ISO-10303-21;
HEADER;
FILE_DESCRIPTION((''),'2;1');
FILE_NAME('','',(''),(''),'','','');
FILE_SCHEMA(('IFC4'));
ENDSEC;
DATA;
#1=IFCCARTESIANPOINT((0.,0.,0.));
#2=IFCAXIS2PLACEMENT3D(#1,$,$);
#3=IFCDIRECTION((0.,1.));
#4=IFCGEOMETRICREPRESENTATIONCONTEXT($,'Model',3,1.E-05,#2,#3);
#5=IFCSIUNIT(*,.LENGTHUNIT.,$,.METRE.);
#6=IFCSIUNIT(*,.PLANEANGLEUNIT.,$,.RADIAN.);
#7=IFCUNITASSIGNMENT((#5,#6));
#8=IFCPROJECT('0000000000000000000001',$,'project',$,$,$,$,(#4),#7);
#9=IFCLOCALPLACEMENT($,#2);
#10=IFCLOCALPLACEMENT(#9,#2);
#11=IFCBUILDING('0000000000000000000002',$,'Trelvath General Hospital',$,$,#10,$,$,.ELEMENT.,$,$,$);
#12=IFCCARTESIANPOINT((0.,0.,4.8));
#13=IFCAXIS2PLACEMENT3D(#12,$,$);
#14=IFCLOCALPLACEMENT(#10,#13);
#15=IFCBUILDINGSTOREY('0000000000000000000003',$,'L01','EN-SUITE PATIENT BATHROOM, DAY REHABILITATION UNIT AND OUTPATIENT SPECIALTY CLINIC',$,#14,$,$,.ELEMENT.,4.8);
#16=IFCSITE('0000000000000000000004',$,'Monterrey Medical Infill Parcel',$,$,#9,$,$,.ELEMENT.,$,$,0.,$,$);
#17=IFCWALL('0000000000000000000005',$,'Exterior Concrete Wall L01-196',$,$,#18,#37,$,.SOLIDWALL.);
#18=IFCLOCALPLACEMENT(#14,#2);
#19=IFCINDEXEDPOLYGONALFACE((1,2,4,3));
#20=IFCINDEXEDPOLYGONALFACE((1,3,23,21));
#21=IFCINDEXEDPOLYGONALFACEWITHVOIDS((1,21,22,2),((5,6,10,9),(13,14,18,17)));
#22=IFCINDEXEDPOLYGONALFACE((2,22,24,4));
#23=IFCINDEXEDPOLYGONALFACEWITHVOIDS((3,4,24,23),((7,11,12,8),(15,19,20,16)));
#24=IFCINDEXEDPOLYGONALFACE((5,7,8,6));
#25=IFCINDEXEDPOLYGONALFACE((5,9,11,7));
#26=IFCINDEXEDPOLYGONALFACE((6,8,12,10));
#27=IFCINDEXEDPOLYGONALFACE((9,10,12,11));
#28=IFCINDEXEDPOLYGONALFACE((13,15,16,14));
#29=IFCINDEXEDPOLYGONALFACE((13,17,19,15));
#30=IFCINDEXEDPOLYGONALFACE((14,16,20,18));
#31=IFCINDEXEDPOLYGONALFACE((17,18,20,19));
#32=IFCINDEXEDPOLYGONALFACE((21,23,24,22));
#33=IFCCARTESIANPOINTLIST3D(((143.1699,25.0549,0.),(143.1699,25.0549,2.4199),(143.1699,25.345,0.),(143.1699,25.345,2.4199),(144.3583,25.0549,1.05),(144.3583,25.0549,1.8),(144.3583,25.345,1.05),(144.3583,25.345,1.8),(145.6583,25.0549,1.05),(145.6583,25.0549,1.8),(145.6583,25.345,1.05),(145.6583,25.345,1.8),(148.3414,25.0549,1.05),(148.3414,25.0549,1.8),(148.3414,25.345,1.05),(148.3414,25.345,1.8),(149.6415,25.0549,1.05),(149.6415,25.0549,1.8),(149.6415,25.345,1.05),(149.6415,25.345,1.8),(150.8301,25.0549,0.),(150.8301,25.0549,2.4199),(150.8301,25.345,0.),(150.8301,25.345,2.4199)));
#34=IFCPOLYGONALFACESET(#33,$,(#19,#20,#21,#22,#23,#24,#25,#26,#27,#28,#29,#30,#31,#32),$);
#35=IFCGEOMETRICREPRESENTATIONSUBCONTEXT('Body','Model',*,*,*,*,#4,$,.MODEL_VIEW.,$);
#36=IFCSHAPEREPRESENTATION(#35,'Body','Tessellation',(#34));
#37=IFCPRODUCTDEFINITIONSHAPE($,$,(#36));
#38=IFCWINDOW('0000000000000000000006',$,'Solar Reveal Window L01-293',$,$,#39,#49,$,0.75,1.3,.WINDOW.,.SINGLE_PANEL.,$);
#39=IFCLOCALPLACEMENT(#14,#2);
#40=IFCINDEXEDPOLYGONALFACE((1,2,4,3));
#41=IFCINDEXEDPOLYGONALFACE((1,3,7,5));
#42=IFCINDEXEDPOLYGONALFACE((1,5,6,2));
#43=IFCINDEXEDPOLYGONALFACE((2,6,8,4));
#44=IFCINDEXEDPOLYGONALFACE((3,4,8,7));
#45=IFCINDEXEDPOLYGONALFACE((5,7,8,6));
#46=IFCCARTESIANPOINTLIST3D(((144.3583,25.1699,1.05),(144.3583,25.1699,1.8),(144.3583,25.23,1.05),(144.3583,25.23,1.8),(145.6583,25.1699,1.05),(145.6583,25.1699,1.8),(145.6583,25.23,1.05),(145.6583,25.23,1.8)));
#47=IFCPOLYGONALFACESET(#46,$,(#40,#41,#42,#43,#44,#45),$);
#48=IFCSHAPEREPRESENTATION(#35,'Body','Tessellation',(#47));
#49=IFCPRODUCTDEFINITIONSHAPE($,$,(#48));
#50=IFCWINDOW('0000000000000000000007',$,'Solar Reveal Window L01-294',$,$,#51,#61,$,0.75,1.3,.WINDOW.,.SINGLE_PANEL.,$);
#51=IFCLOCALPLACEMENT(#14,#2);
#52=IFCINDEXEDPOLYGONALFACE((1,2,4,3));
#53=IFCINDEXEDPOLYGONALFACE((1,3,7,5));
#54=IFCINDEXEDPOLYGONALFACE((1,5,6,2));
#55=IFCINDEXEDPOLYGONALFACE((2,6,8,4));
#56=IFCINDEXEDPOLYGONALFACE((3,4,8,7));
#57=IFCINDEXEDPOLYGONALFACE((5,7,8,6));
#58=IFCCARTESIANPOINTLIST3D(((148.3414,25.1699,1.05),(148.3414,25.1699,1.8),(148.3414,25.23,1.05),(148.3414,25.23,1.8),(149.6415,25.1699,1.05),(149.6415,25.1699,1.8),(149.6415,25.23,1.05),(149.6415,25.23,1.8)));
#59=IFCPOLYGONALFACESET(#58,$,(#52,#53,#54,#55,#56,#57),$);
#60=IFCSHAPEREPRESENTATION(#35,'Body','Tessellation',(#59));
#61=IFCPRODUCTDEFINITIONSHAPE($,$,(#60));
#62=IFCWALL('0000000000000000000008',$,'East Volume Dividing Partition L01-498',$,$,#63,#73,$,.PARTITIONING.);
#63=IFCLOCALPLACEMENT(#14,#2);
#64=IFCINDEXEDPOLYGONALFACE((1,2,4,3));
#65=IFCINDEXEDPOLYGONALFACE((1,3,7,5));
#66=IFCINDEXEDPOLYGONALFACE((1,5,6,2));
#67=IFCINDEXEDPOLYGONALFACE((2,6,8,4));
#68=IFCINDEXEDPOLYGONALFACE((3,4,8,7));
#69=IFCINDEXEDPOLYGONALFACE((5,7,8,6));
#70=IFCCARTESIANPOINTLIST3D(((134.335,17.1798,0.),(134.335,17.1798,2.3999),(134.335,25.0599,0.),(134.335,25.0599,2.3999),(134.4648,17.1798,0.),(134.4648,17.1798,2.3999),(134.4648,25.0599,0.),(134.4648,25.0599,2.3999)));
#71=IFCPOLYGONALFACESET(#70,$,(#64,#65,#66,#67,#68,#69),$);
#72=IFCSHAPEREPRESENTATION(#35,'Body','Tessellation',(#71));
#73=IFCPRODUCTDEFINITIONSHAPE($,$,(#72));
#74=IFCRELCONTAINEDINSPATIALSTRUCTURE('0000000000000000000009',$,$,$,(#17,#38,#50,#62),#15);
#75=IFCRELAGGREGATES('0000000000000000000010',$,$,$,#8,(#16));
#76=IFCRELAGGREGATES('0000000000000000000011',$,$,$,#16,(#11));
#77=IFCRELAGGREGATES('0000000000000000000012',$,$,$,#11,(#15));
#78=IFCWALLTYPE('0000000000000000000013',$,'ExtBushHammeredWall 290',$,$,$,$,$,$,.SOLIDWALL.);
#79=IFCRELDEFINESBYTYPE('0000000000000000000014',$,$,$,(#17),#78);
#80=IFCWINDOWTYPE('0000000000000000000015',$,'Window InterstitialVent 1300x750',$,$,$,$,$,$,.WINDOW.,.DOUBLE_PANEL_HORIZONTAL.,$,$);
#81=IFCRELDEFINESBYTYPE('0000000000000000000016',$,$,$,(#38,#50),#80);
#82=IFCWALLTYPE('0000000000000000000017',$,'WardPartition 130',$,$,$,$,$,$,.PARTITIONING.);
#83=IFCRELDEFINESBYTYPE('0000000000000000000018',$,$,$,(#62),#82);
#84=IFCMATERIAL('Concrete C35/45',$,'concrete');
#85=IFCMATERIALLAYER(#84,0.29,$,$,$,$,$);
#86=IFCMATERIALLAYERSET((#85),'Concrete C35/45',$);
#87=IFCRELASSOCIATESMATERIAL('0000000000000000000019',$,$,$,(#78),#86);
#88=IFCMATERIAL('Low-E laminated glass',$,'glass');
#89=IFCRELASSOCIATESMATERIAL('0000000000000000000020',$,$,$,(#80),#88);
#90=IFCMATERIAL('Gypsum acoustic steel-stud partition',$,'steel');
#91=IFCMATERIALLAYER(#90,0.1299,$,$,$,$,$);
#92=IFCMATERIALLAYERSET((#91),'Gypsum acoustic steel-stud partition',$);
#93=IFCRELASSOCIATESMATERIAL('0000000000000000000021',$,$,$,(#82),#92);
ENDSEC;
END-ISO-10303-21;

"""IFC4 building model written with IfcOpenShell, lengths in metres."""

from ifc_helpers import new_model, si_unit, direction, frame, frame_2d, origin, place, context, subcontext, project, spatial, rectangle, extrude, material, layer, layer_set, type_object, element, fill, save


model = new_model("IFC4")

# Units and contexts
model_context = context("Model", 3, precision=1e-05, world=origin(), true_north=direction((0.0, 1.0)))
body_context = subcontext(model_context, "Body", "Model", "MODEL_VIEW")
ifc_project = project(units=[si_unit("LENGTHUNIT", "METRE"), si_unit("PLANEANGLEUNIT", "RADIAN")], contexts=[model_context])

# Site, building, storey
site_placement = place(None, origin())
site = spatial("IfcSite", under=ifc_project, at=site_placement, Name="Monterrey Medical Infill Parcel", CompositionType="ELEMENT", RefElevation=0.0)
building_placement = place(site_placement, origin())
building = spatial("IfcBuilding", under=site, at=building_placement, Name="Trelvath General Hospital", CompositionType="ELEMENT")
storey_placement = place(building_placement, frame((0.0, 0.0, 4.8)))
storey = spatial("IfcBuildingStorey", under=building, at=storey_placement, Name="L01", Description="EN-SUITE PATIENT BATHROOM, DAY REHABILITATION UNIT AND OUTPATIENT SPECIALTY CLINIC", CompositionType="ELEMENT", Elevation=4.8)

# Wall, openings, windows
ifc_material_1 = material(Name="Concrete C35/45", Category="concrete")
ifc_layer_1 = layer(ifc_material_1, 0.29)
ifc_layer_set_1 = layer_set([ifc_layer_1], Name="Concrete C35/45")
wall_type_1 = type_object("IfcWallType", Name="ExtBushHammeredWall 290", PredefinedType="SOLIDWALL", material=ifc_layer_set_1)
wall_1_placement = place(storey_placement, frame((143.1699, 25.2, 0.0), z_axis=(0.0, 0.0, 1.0), x_axis=(1.0, 0.0, 0.0)))
wall_1 = element("IfcWall", 1, at=wall_1_placement, inside=storey, type_object=wall_type_1, Name="Exterior Concrete Wall L01-196", PredefinedType="SOLIDWALL", context=body_context, shape_type="SweptSolid", body=[
    extrude(rectangle(XDim=7.6602, YDim=0.29, at=frame_2d((3.8301, 0.0))), origin(), (0.0, 0.0, 1.0), 2.4199),
])
opening_1_placement = place(wall_1_placement, frame((1.1885, 0.0, 1.05)))
opening_1 = element("IfcOpeningElement", 2, at=opening_1_placement, cuts=wall_1, PredefinedType="OPENING", context=body_context, shape_type="SweptSolid", body=[
    extrude(rectangle(XDim=1.3, YDim=0.75, at=frame_2d((0.6499, 0.375))), frame((0.0, 0.155, 0.0), z_axis=(0.0, -1.0, 0.0), x_axis=(1.0, 0.0, 0.0)), (0.0, 0.0, 1.0), 0.3101),
])
opening_2_placement = place(wall_1_placement, frame((5.1716, 0.0, 1.05)))
opening_2 = element("IfcOpeningElement", 3, at=opening_2_placement, cuts=wall_1, PredefinedType="OPENING", context=body_context, shape_type="SweptSolid", body=[
    extrude(rectangle(XDim=1.3, YDim=0.75, at=frame_2d((0.6499, 0.375))), frame((0.0, 0.155, 0.0), z_axis=(0.0, -1.0, 0.0), x_axis=(1.0, 0.0, 0.0)), (0.0, 0.0, 1.0), 0.3101),
])
ifc_material_2 = material(Name="Low-E laminated glass", Category="glass")
window_type = type_object("IfcWindowType", Name="Window InterstitialVent 1300x750", PartitioningType="DOUBLE_PANEL_HORIZONTAL", PredefinedType="WINDOW", material=ifc_material_2)
window_1_placement = place(opening_1_placement, origin())
window_1 = element("IfcWindow", 4, at=window_1_placement, inside=storey, type_object=window_type, Name="Solar Reveal Window L01-293", OverallHeight=0.75, OverallWidth=1.3, PartitioningType="SINGLE_PANEL", PredefinedType="WINDOW", context=body_context, shape_type="SweptSolid", body=[
    extrude(rectangle(XDim=1.3, YDim=0.75, at=frame_2d((0.6499, 0.375))), frame((0.0, 0.03, 0.0), z_axis=(0.0, -1.0, 0.0), x_axis=(1.0, 0.0, 0.0)), (0.0, 0.0, 1.0), 0.0601),
])
fill(opening_1, window_1)
window_2_placement = place(opening_2_placement, origin())
window_2 = element("IfcWindow", 5, at=window_2_placement, inside=storey, type_object=window_type, Name="Solar Reveal Window L01-294", OverallHeight=0.75, OverallWidth=1.3, PartitioningType="SINGLE_PANEL", PredefinedType="WINDOW", context=body_context, shape_type="SweptSolid", body=[
    extrude(rectangle(XDim=1.3, YDim=0.75, at=frame_2d((0.6499, 0.375))), frame((0.0, 0.03, 0.0), z_axis=(0.0, -1.0, 0.0), x_axis=(1.0, 0.0, 0.0)), (0.0, 0.0, 1.0), 0.0601),
])
fill(opening_2, window_2)

# Wall
ifc_material_3 = material(Name="Gypsum acoustic steel-stud partition", Category="steel")
ifc_layer_2 = layer(ifc_material_3, 0.1299)
ifc_layer_set_2 = layer_set([ifc_layer_2], Name="Gypsum acoustic steel-stud partition")
wall_type_2 = type_object("IfcWallType", Name="WardPartition 130", PredefinedType="PARTITIONING", material=ifc_layer_set_2)
wall_2_placement = place(storey_placement, frame((134.3999, 17.1799, 0.0), z_axis=(0.0, 0.0, 1.0), x_axis=(0.0, 1.0, 0.0)))
element("IfcWall", 6, at=wall_2_placement, inside=storey, type_object=wall_type_2, Name="East Volume Dividing Partition L01-498", PredefinedType="PARTITIONING", context=body_context, shape_type="SweptSolid", body=[
    extrude(rectangle(XDim=7.8801, YDim=0.1299, at=frame_2d((3.9399, 0.0))), origin(), (0.0, 0.0, 1.0), 2.3999),
])

save(model, "model.ifc")
